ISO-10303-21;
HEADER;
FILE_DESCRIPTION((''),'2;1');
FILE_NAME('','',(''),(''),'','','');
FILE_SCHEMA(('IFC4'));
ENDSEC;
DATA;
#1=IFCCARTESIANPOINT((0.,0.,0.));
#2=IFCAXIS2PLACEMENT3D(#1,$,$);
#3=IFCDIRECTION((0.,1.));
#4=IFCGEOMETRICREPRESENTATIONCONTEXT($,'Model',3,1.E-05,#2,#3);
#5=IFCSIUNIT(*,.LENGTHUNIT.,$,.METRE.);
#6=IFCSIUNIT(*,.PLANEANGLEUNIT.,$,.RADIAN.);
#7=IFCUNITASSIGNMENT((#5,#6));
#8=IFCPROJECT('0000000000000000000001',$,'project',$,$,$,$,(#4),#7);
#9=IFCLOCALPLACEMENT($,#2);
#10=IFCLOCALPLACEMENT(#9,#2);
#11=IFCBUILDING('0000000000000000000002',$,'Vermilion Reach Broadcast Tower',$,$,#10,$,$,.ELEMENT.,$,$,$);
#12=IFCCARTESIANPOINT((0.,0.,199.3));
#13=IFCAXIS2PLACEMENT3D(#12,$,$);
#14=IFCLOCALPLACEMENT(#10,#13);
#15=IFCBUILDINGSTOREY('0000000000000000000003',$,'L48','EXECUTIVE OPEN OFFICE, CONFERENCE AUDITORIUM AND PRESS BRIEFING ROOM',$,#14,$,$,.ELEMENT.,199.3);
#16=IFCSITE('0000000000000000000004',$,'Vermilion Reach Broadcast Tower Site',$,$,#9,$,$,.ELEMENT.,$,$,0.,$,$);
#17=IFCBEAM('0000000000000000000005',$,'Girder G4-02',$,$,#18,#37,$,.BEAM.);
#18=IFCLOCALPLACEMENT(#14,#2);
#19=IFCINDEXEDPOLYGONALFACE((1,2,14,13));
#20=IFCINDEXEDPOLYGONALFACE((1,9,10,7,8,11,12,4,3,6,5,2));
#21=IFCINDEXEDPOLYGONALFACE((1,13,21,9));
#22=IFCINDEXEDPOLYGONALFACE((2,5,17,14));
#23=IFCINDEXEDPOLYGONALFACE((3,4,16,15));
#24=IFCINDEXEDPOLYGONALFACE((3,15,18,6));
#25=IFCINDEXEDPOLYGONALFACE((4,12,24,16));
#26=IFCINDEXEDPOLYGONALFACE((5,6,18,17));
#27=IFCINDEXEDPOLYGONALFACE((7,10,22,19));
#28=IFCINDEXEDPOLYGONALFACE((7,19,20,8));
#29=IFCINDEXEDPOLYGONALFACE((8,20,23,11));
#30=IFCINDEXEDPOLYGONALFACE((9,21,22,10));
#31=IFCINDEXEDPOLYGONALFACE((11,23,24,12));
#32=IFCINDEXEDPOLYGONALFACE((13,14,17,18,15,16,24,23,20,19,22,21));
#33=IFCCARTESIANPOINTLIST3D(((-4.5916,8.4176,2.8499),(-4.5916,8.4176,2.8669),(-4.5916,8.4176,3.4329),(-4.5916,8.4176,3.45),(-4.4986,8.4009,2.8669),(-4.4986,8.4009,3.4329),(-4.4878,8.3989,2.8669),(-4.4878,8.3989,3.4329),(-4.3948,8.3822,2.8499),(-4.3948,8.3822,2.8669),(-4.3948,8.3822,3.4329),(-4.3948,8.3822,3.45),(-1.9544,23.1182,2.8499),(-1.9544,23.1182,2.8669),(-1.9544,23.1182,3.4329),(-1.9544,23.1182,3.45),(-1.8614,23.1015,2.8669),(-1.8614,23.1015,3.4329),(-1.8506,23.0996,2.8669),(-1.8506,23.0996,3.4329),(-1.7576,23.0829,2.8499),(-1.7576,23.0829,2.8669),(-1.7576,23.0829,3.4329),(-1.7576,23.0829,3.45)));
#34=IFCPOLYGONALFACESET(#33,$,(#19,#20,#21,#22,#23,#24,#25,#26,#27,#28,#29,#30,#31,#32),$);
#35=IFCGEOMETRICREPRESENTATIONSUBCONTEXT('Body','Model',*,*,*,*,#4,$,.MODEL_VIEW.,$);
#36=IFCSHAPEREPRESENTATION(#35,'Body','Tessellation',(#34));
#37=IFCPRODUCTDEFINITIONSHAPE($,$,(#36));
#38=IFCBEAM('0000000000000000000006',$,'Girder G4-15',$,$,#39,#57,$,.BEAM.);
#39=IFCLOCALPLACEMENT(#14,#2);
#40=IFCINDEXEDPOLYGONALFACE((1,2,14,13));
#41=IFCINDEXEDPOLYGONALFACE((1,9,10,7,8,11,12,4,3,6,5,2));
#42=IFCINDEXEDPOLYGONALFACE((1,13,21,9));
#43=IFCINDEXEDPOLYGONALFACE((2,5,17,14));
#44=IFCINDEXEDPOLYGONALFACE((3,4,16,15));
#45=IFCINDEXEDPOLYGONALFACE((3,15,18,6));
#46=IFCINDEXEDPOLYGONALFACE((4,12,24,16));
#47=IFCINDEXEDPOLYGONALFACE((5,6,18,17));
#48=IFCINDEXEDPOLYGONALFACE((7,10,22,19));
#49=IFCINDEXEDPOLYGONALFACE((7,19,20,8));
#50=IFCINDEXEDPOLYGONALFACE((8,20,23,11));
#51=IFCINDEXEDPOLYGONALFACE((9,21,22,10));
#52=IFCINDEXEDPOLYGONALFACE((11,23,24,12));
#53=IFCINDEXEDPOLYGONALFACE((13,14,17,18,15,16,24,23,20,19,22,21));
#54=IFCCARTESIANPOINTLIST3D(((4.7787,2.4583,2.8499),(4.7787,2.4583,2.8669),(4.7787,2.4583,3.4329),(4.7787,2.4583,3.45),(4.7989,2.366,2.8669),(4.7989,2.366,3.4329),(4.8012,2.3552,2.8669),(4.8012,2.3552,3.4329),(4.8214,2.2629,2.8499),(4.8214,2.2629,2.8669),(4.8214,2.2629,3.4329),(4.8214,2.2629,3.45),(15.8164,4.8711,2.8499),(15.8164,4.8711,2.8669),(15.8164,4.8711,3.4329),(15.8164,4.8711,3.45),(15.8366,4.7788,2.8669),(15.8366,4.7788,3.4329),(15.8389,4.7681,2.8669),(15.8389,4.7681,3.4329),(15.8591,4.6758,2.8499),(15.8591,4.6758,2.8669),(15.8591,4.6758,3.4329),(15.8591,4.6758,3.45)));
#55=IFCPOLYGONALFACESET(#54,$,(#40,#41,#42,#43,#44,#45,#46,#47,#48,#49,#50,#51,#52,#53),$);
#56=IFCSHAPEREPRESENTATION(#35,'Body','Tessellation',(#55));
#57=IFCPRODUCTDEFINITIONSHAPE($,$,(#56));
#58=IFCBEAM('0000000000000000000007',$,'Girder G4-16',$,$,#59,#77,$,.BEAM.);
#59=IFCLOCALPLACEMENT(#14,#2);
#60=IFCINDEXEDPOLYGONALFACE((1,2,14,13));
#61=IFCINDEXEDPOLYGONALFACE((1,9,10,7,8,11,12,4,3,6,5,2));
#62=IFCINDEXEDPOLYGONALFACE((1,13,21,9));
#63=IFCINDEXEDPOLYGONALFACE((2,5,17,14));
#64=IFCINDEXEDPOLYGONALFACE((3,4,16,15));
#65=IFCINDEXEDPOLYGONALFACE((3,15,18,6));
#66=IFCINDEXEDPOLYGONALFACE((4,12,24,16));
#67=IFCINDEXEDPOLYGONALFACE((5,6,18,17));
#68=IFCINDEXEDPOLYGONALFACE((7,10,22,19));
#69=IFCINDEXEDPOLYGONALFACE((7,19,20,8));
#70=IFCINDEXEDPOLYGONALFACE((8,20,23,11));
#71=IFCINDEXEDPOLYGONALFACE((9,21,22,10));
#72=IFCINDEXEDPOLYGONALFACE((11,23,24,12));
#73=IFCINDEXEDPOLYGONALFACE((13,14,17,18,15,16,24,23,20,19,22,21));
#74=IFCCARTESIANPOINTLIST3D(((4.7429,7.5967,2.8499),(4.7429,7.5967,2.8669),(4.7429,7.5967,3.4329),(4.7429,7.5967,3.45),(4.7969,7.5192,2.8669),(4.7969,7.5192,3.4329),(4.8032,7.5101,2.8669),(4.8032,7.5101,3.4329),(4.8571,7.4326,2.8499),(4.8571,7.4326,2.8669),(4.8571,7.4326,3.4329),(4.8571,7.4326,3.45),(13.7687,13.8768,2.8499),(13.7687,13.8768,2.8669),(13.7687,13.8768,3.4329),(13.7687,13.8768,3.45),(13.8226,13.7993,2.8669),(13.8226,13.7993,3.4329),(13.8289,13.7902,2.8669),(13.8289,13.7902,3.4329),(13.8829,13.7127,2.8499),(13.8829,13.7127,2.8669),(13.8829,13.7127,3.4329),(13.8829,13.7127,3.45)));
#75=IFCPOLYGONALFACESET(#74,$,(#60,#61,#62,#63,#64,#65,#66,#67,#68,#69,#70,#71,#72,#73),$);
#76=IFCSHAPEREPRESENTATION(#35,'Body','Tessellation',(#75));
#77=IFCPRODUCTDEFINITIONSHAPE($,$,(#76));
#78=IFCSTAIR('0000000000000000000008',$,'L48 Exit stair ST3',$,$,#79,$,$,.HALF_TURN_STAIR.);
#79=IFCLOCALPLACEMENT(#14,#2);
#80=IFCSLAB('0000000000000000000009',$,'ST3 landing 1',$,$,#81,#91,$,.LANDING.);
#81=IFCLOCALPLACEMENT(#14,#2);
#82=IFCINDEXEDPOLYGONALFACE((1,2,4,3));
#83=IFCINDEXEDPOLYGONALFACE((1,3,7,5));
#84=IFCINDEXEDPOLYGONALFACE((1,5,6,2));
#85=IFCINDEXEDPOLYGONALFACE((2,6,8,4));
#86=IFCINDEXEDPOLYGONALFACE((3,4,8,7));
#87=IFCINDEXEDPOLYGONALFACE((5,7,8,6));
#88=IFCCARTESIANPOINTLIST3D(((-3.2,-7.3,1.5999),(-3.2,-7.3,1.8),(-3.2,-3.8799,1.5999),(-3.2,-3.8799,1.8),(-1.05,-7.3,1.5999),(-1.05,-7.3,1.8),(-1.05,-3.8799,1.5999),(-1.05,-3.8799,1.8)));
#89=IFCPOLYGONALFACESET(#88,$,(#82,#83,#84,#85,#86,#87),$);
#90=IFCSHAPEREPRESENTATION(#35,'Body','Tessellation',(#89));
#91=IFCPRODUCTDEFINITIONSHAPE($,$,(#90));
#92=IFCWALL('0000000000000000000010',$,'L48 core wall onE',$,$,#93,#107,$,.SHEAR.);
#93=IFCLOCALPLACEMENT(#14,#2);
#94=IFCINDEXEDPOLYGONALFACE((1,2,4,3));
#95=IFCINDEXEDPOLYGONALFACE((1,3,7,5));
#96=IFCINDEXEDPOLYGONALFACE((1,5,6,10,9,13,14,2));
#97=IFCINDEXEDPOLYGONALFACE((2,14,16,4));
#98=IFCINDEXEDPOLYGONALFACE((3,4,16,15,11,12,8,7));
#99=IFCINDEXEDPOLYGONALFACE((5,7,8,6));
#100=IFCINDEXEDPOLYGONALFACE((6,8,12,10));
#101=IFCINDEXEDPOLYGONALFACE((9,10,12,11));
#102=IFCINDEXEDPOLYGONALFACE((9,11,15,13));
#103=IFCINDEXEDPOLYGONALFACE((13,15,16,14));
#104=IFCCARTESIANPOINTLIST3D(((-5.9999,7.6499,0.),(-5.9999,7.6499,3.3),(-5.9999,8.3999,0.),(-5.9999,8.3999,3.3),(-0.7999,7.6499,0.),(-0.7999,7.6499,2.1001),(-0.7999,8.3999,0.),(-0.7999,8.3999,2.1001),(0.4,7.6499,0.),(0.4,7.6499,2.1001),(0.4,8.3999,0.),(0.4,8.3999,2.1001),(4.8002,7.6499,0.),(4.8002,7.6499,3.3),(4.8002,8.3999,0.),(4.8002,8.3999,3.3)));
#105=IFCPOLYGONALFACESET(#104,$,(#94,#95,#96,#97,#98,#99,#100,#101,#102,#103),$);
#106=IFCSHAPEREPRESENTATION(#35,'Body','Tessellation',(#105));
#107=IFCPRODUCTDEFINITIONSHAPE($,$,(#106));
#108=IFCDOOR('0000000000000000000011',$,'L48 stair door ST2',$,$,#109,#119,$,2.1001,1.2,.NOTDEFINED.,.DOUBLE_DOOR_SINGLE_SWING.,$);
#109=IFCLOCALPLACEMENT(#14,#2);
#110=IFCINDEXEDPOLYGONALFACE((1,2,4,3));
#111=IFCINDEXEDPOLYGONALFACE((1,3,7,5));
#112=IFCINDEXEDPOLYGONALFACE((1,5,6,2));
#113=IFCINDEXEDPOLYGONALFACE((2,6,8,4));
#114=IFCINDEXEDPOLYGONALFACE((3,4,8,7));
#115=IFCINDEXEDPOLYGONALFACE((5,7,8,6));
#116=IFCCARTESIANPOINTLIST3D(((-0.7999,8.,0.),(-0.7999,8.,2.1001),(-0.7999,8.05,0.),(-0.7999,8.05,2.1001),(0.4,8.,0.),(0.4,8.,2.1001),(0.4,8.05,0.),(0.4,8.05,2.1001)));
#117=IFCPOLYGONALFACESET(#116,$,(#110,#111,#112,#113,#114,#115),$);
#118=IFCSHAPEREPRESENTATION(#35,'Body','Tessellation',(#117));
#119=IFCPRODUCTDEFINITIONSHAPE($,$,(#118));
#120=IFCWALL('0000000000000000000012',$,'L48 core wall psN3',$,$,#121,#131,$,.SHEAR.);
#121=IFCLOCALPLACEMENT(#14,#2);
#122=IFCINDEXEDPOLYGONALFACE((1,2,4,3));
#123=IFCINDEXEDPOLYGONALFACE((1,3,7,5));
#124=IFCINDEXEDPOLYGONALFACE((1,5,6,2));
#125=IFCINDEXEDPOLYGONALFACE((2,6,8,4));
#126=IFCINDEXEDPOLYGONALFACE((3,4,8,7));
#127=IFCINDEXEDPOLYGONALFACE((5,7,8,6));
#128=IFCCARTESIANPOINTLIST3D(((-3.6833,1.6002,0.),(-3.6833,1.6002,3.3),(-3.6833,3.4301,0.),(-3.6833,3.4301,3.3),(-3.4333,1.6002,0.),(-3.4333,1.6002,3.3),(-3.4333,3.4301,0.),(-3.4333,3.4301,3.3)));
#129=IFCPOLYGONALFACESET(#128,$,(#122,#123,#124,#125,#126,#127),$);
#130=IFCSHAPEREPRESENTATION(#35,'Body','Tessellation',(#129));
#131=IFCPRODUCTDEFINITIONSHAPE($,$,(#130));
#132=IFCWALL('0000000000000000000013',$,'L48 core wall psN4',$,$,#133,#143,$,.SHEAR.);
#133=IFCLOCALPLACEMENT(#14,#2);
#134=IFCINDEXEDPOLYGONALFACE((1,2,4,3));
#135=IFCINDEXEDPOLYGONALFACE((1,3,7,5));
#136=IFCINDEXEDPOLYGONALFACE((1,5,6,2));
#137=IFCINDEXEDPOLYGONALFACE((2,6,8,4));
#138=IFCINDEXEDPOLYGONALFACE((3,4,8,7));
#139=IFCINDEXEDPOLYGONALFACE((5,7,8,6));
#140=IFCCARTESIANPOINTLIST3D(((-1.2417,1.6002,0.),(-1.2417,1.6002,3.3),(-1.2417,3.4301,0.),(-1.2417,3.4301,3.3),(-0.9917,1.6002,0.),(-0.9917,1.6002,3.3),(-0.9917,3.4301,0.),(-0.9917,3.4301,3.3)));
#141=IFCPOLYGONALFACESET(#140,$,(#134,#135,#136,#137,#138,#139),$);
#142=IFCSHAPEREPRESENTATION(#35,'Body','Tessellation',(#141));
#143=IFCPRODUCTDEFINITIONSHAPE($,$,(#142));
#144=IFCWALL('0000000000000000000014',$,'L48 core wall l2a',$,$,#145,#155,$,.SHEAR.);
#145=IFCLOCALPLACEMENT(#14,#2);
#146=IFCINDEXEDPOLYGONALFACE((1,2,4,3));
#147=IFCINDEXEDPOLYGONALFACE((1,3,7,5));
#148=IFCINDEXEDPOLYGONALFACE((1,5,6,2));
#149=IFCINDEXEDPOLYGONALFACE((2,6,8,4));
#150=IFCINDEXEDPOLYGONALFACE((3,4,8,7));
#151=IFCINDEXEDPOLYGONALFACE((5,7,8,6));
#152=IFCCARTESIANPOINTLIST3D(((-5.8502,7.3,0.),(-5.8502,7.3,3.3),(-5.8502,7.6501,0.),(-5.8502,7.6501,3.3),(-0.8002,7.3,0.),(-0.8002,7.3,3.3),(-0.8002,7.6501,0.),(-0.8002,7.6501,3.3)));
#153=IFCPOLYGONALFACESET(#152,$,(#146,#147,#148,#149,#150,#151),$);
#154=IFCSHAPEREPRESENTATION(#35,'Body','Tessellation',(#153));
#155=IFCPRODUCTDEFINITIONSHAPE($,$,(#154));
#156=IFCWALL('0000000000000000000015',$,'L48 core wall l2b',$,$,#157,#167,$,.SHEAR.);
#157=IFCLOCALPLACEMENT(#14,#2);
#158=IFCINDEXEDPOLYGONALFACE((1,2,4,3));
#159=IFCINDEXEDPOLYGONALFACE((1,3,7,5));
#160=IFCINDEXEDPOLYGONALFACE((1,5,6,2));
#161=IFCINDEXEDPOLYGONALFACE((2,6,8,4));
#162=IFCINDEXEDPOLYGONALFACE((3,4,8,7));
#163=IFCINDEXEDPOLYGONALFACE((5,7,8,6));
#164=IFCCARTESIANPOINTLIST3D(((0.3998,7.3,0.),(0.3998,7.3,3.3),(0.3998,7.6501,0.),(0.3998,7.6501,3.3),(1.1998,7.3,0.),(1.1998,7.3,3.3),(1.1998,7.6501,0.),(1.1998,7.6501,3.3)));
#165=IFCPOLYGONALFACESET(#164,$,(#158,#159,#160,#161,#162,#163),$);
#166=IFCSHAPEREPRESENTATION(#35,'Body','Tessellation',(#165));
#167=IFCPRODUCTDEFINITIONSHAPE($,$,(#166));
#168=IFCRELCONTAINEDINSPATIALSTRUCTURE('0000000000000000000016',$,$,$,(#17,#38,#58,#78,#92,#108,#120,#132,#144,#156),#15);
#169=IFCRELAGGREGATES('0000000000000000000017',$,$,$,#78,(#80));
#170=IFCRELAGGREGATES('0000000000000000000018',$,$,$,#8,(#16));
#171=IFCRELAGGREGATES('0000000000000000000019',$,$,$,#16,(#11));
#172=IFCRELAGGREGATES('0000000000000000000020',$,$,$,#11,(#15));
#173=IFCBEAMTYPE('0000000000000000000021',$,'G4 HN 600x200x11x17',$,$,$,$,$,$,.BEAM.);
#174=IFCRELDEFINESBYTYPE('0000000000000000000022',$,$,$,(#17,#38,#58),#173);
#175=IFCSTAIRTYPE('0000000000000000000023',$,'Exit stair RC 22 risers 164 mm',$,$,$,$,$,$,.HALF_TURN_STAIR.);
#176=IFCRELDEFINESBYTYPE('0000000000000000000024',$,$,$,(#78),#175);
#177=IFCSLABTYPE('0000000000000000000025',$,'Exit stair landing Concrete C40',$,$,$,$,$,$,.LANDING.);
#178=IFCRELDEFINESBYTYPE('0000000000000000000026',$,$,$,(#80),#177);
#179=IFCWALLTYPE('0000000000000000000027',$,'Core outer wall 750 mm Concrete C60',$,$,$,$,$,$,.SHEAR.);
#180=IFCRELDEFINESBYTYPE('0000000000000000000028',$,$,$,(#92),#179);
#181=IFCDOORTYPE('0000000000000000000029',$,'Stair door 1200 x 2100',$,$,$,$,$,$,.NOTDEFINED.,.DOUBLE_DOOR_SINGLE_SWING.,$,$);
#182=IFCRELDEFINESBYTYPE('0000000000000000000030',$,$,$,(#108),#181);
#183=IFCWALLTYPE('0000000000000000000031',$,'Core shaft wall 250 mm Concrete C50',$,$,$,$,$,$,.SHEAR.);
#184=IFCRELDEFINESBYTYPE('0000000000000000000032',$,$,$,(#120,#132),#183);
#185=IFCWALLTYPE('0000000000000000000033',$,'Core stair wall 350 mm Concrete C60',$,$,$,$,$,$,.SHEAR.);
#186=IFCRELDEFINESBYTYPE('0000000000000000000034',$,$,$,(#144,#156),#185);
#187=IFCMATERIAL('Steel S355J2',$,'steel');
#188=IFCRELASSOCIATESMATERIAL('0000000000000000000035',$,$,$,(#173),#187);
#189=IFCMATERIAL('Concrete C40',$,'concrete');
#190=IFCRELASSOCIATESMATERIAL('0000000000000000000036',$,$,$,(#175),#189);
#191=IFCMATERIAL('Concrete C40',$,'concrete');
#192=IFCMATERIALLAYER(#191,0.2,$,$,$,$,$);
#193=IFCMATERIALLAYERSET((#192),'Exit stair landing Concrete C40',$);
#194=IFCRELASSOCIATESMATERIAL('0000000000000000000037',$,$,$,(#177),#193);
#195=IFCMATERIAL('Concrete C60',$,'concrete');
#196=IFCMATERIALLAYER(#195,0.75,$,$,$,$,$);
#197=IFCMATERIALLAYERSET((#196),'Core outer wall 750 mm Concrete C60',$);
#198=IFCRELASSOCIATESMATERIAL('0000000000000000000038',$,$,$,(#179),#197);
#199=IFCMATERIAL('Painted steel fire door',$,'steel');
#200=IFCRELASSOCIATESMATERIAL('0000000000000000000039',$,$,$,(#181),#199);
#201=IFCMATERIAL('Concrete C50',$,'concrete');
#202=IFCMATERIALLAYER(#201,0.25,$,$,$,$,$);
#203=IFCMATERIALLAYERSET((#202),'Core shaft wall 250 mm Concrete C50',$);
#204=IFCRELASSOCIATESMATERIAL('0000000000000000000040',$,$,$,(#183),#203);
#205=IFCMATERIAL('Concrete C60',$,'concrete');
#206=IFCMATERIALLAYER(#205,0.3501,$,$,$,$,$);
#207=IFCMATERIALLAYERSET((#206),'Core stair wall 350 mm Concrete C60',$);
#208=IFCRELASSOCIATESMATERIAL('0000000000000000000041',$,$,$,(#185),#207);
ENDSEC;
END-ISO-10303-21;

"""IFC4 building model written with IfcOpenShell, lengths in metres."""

from ifc_helpers import new_model, si_unit, direction, frame, frame_2d, origin, origin_2d, place, context, subcontext, project, spatial, polyline, rectangle, i_section, outline, extrude, material, layer, layer_set, material_profile, profile_set, type_object, element, fill, aggregate, save


model = new_model("IFC4")

# Units and contexts
model_context = context("Model", 3, precision=1e-05, world=origin(), true_north=direction((0.0, 1.0)))
body_context = subcontext(model_context, "Body", "Model", "MODEL_VIEW")
ifc_project = project(units=[si_unit("LENGTHUNIT", "METRE"), si_unit("PLANEANGLEUNIT", "RADIAN")], contexts=[model_context])

# Site, building, storey
site_placement = place(None, origin())
site = spatial("IfcSite", under=ifc_project, at=site_placement, Name="Vermilion Reach Broadcast Tower Site", CompositionType="ELEMENT", RefElevation=0.0)
building_placement = place(site_placement, origin())
building = spatial("IfcBuilding", under=site, at=building_placement, Name="Vermilion Reach Broadcast Tower", CompositionType="ELEMENT")
storey_placement = place(building_placement, frame((0.0, 0.0, 199.3)))
storey = spatial("IfcBuildingStorey", under=building, at=storey_placement, Name="L48", Description="EXECUTIVE OPEN OFFICE, CONFERENCE AUDITORIUM AND PRESS BRIEFING ROOM", CompositionType="ELEMENT", Elevation=199.3)

# Beams
ifc_material_1 = material(Name="Steel S355J2", Category="steel")
ifc_material_profile = material_profile(ifc_material_1, i_section(OverallWidth=0.2, OverallDepth=0.6001, WebThickness=0.011, FlangeThickness=0.0171, at=origin_2d()), Name="S355J2 HN 600x200x11x17")
ifc_profile_set = profile_set([ifc_material_profile], Name="Steel S355J2")
beam_type = type_object("IfcBeamType", Name="G4 HN 600x200x11x17", PredefinedType="BEAM", material=ifc_profile_set)
beam_1_placement = place(storey_placement, frame((-4.4932, 8.3999, 3.1499), z_axis=(0.176575, 0.984287, 0.0), x_axis=(-0.984287, 0.176575, 0.0)))
element("IfcBeam", 1, at=beam_1_placement, inside=storey, type_object=beam_type, Name="Girder G4-02", PredefinedType="BEAM", context=body_context, shape_type="SweptSolid", body=[
    extrude(i_section(OverallWidth=0.2, OverallDepth=0.6001, WebThickness=0.011, FlangeThickness=0.0171, at=origin_2d()), origin(), (0.0, 0.0, 1.0), 14.9353),
])
beam_2_placement = place(storey_placement, frame((4.8, 2.3606, 3.1499), z_axis=(0.97693, 0.213559, 0.0), x_axis=(-0.213559, 0.97693, 0.0)))
element("IfcBeam", 2, at=beam_2_placement, inside=storey, type_object=beam_type, Name="Girder G4-15", PredefinedType="BEAM", context=body_context, shape_type="SweptSolid", body=[
    extrude(i_section(OverallWidth=0.2, OverallDepth=0.6001, WebThickness=0.011, FlangeThickness=0.0171, at=origin_2d()), origin(), (0.0, 0.0, 1.0), 11.2983),
])
beam_3_placement = place(storey_placement, frame((4.8, 7.5146, 3.1499), z_axis=(0.820849, 0.571146, 0.0), x_axis=(-0.571146, 0.820849, 0.0)))
element("IfcBeam", 3, at=beam_3_placement, inside=storey, type_object=beam_type, Name="Girder G4-16", PredefinedType="BEAM", context=body_context, shape_type="SweptSolid", body=[
    extrude(i_section(OverallWidth=0.2, OverallDepth=0.6001, WebThickness=0.011, FlangeThickness=0.0171, at=origin_2d()), origin(), (0.0, 0.0, 1.0), 10.9956),
])

# Stair, slab
ifc_material_2 = material(Name="Concrete C40", Category="concrete")
stair_type = type_object("IfcStairType", Name="Exit stair RC 22 risers 164 mm", PredefinedType="HALF_TURN_STAIR", material=ifc_material_2)
placement = place(storey_placement, origin())
stair_1 = element("IfcStair", 4, at=placement, inside=storey, type_object=stair_type, Name="L48 Exit stair ST3", PredefinedType="HALF_TURN_STAIR")
ifc_material_3 = material(Name="Concrete C40", Category="concrete")
ifc_layer_1 = layer(ifc_material_3, 0.2)
ifc_layer_set_1 = layer_set([ifc_layer_1], Name="Exit stair landing Concrete C40")
slab_type = type_object("IfcSlabType", Name="Exit stair landing Concrete C40", PredefinedType="LANDING", material=ifc_layer_set_1)
slab_placement = place(storey_placement, frame((0.0, 0.0, 1.5999)))
slab = element("IfcSlab", 5, at=slab_placement, type_object=slab_type, Name="ST3 landing 1", PredefinedType="LANDING", context=body_context, shape_type="SweptSolid", body=[
    extrude(outline(polyline([(-3.2, -7.3), (-1.05, -7.3), (-1.05, -3.8799), (-3.2, -3.8799), (-3.2, -7.3)])), origin(), (0.0, 0.0, 1.0), 0.2002),
])
aggregate(stair_1, [slab])

# Wall, opening, door
ifc_material_4 = material(Name="Concrete C60", Category="concrete")
ifc_layer_2 = layer(ifc_material_4, 0.75)
ifc_layer_set_2 = layer_set([ifc_layer_2], Name="Core outer wall 750 mm Concrete C60")
wall_type_1 = type_object("IfcWallType", Name="Core outer wall 750 mm Concrete C60", PredefinedType="SHEAR", material=ifc_layer_set_2)
wall_1_placement = place(storey_placement, frame((4.8, 8.0249, 0.0), z_axis=(0.0, 0.0, 1.0), x_axis=(-1.0, 0.0, 0.0)))
wall_1 = element("IfcWall", 6, at=wall_1_placement, inside=storey, type_object=wall_type_1, Name="L48 core wall onE", PredefinedType="SHEAR", context=body_context, shape_type="SweptSolid", body=[
    extrude(rectangle(XDim=10.8, YDim=0.75, at=frame_2d((5.3999, 0.0))), origin(), (0.0, 0.0, 1.0), 3.3),
])
opening_placement = place(wall_1_placement, frame((4.3999, 0.0, 0.0)))
opening = element("IfcOpeningElement", 7, at=opening_placement, cuts=wall_1, PredefinedType="OPENING", context=body_context, shape_type="SweptSolid", body=[
    extrude(rectangle(XDim=1.2, YDim=2.1001, at=frame_2d((0.6001, 1.05))), frame((0.0, 0.385, 0.0), z_axis=(0.0, -1.0, 0.0), x_axis=(1.0, 0.0, 0.0)), (0.0, 0.0, 1.0), 0.77),
])
ifc_material_5 = material(Name="Painted steel fire door", Category="steel")
door_type = type_object("IfcDoorType", Name="Stair door 1200 x 2100", OperationType="DOUBLE_DOOR_SINGLE_SWING", PredefinedType="NOTDEFINED", material=ifc_material_5)
door_placement = place(opening_placement, origin())
door = element("IfcDoor", 8, at=door_placement, inside=storey, type_object=door_type, Name="L48 stair door ST2", OperationType="DOUBLE_DOOR_SINGLE_SWING", OverallHeight=2.1001, OverallWidth=1.2, PredefinedType="NOTDEFINED", context=body_context, shape_type="SweptSolid", body=[
    extrude(rectangle(XDim=1.2, YDim=2.1001, at=frame_2d((0.6001, 1.05))), frame((0.0, 0.0249, 0.0), z_axis=(0.0, -1.0, 0.0), x_axis=(1.0, 0.0, 0.0)), (0.0, 0.0, 1.0), 0.05),
])
fill(opening, door)

# Walls
ifc_material_6 = material(Name="Concrete C50", Category="concrete")
ifc_layer_3 = layer(ifc_material_6, 0.25)
ifc_layer_set_3 = layer_set([ifc_layer_3], Name="Core shaft wall 250 mm Concrete C50")
wall_type_2 = type_object("IfcWallType", Name="Core shaft wall 250 mm Concrete C50", PredefinedType="SHEAR", material=ifc_layer_set_3)
for number, where, z_axis, x_axis, name in (
    (9, (-3.5583, 1.6001, 0.0), (0.0, 0.0, 1.0), (0.0, 1.0, 0.0), "L48 core wall psN3"),
    (10, (-1.1167, 1.6001, 0.0), (0.0, 0.0, 1.0), (0.0, 1.0, 0.0), "L48 core wall psN4"),
):
    element("IfcWall", number, at=place(storey_placement, frame(where, z_axis=z_axis, x_axis=x_axis)), inside=storey, type_object=wall_type_2, Name=name, PredefinedType="SHEAR", context=body_context, shape_type="SweptSolid", body=[
        extrude(rectangle(XDim=1.8298, YDim=0.25, at=frame_2d((0.915, 0.0))), origin(), (0.0, 0.0, 1.0), 3.3),
    ])
ifc_material_7 = material(Name="Concrete C60", Category="concrete")
ifc_layer_4 = layer(ifc_material_7, 0.3501)
ifc_layer_set_4 = layer_set([ifc_layer_4], Name="Core stair wall 350 mm Concrete C60")
wall_type_3 = type_object("IfcWallType", Name="Core stair wall 350 mm Concrete C60", PredefinedType="SHEAR", material=ifc_layer_set_4)
wall_2_placement = place(storey_placement, frame((-5.8501, 7.4751, 0.0), z_axis=(0.0, 0.0, 1.0), x_axis=(1.0, 0.0, 0.0)))
element("IfcWall", 11, at=wall_2_placement, inside=storey, type_object=wall_type_3, Name="L48 core wall l2a", PredefinedType="SHEAR", context=body_context, shape_type="SweptSolid", body=[
    extrude(rectangle(XDim=5.05, YDim=0.3501, at=frame_2d((2.5249, 0.0))), origin(), (0.0, 0.0, 1.0), 3.3),
])
wall_3_placement = place(storey_placement, frame((0.3999, 7.4751, 0.0), z_axis=(0.0, 0.0, 1.0), x_axis=(1.0, 0.0, 0.0)))
element("IfcWall", 12, at=wall_3_placement, inside=storey, type_object=wall_type_3, Name="L48 core wall l2b", PredefinedType="SHEAR", context=body_context, shape_type="SweptSolid", body=[
    extrude(rectangle(XDim=0.8, YDim=0.3501, at=frame_2d((0.3999, 0.0))), origin(), (0.0, 0.0, 1.0), 3.3),
])

save(model, "model.ifc")
